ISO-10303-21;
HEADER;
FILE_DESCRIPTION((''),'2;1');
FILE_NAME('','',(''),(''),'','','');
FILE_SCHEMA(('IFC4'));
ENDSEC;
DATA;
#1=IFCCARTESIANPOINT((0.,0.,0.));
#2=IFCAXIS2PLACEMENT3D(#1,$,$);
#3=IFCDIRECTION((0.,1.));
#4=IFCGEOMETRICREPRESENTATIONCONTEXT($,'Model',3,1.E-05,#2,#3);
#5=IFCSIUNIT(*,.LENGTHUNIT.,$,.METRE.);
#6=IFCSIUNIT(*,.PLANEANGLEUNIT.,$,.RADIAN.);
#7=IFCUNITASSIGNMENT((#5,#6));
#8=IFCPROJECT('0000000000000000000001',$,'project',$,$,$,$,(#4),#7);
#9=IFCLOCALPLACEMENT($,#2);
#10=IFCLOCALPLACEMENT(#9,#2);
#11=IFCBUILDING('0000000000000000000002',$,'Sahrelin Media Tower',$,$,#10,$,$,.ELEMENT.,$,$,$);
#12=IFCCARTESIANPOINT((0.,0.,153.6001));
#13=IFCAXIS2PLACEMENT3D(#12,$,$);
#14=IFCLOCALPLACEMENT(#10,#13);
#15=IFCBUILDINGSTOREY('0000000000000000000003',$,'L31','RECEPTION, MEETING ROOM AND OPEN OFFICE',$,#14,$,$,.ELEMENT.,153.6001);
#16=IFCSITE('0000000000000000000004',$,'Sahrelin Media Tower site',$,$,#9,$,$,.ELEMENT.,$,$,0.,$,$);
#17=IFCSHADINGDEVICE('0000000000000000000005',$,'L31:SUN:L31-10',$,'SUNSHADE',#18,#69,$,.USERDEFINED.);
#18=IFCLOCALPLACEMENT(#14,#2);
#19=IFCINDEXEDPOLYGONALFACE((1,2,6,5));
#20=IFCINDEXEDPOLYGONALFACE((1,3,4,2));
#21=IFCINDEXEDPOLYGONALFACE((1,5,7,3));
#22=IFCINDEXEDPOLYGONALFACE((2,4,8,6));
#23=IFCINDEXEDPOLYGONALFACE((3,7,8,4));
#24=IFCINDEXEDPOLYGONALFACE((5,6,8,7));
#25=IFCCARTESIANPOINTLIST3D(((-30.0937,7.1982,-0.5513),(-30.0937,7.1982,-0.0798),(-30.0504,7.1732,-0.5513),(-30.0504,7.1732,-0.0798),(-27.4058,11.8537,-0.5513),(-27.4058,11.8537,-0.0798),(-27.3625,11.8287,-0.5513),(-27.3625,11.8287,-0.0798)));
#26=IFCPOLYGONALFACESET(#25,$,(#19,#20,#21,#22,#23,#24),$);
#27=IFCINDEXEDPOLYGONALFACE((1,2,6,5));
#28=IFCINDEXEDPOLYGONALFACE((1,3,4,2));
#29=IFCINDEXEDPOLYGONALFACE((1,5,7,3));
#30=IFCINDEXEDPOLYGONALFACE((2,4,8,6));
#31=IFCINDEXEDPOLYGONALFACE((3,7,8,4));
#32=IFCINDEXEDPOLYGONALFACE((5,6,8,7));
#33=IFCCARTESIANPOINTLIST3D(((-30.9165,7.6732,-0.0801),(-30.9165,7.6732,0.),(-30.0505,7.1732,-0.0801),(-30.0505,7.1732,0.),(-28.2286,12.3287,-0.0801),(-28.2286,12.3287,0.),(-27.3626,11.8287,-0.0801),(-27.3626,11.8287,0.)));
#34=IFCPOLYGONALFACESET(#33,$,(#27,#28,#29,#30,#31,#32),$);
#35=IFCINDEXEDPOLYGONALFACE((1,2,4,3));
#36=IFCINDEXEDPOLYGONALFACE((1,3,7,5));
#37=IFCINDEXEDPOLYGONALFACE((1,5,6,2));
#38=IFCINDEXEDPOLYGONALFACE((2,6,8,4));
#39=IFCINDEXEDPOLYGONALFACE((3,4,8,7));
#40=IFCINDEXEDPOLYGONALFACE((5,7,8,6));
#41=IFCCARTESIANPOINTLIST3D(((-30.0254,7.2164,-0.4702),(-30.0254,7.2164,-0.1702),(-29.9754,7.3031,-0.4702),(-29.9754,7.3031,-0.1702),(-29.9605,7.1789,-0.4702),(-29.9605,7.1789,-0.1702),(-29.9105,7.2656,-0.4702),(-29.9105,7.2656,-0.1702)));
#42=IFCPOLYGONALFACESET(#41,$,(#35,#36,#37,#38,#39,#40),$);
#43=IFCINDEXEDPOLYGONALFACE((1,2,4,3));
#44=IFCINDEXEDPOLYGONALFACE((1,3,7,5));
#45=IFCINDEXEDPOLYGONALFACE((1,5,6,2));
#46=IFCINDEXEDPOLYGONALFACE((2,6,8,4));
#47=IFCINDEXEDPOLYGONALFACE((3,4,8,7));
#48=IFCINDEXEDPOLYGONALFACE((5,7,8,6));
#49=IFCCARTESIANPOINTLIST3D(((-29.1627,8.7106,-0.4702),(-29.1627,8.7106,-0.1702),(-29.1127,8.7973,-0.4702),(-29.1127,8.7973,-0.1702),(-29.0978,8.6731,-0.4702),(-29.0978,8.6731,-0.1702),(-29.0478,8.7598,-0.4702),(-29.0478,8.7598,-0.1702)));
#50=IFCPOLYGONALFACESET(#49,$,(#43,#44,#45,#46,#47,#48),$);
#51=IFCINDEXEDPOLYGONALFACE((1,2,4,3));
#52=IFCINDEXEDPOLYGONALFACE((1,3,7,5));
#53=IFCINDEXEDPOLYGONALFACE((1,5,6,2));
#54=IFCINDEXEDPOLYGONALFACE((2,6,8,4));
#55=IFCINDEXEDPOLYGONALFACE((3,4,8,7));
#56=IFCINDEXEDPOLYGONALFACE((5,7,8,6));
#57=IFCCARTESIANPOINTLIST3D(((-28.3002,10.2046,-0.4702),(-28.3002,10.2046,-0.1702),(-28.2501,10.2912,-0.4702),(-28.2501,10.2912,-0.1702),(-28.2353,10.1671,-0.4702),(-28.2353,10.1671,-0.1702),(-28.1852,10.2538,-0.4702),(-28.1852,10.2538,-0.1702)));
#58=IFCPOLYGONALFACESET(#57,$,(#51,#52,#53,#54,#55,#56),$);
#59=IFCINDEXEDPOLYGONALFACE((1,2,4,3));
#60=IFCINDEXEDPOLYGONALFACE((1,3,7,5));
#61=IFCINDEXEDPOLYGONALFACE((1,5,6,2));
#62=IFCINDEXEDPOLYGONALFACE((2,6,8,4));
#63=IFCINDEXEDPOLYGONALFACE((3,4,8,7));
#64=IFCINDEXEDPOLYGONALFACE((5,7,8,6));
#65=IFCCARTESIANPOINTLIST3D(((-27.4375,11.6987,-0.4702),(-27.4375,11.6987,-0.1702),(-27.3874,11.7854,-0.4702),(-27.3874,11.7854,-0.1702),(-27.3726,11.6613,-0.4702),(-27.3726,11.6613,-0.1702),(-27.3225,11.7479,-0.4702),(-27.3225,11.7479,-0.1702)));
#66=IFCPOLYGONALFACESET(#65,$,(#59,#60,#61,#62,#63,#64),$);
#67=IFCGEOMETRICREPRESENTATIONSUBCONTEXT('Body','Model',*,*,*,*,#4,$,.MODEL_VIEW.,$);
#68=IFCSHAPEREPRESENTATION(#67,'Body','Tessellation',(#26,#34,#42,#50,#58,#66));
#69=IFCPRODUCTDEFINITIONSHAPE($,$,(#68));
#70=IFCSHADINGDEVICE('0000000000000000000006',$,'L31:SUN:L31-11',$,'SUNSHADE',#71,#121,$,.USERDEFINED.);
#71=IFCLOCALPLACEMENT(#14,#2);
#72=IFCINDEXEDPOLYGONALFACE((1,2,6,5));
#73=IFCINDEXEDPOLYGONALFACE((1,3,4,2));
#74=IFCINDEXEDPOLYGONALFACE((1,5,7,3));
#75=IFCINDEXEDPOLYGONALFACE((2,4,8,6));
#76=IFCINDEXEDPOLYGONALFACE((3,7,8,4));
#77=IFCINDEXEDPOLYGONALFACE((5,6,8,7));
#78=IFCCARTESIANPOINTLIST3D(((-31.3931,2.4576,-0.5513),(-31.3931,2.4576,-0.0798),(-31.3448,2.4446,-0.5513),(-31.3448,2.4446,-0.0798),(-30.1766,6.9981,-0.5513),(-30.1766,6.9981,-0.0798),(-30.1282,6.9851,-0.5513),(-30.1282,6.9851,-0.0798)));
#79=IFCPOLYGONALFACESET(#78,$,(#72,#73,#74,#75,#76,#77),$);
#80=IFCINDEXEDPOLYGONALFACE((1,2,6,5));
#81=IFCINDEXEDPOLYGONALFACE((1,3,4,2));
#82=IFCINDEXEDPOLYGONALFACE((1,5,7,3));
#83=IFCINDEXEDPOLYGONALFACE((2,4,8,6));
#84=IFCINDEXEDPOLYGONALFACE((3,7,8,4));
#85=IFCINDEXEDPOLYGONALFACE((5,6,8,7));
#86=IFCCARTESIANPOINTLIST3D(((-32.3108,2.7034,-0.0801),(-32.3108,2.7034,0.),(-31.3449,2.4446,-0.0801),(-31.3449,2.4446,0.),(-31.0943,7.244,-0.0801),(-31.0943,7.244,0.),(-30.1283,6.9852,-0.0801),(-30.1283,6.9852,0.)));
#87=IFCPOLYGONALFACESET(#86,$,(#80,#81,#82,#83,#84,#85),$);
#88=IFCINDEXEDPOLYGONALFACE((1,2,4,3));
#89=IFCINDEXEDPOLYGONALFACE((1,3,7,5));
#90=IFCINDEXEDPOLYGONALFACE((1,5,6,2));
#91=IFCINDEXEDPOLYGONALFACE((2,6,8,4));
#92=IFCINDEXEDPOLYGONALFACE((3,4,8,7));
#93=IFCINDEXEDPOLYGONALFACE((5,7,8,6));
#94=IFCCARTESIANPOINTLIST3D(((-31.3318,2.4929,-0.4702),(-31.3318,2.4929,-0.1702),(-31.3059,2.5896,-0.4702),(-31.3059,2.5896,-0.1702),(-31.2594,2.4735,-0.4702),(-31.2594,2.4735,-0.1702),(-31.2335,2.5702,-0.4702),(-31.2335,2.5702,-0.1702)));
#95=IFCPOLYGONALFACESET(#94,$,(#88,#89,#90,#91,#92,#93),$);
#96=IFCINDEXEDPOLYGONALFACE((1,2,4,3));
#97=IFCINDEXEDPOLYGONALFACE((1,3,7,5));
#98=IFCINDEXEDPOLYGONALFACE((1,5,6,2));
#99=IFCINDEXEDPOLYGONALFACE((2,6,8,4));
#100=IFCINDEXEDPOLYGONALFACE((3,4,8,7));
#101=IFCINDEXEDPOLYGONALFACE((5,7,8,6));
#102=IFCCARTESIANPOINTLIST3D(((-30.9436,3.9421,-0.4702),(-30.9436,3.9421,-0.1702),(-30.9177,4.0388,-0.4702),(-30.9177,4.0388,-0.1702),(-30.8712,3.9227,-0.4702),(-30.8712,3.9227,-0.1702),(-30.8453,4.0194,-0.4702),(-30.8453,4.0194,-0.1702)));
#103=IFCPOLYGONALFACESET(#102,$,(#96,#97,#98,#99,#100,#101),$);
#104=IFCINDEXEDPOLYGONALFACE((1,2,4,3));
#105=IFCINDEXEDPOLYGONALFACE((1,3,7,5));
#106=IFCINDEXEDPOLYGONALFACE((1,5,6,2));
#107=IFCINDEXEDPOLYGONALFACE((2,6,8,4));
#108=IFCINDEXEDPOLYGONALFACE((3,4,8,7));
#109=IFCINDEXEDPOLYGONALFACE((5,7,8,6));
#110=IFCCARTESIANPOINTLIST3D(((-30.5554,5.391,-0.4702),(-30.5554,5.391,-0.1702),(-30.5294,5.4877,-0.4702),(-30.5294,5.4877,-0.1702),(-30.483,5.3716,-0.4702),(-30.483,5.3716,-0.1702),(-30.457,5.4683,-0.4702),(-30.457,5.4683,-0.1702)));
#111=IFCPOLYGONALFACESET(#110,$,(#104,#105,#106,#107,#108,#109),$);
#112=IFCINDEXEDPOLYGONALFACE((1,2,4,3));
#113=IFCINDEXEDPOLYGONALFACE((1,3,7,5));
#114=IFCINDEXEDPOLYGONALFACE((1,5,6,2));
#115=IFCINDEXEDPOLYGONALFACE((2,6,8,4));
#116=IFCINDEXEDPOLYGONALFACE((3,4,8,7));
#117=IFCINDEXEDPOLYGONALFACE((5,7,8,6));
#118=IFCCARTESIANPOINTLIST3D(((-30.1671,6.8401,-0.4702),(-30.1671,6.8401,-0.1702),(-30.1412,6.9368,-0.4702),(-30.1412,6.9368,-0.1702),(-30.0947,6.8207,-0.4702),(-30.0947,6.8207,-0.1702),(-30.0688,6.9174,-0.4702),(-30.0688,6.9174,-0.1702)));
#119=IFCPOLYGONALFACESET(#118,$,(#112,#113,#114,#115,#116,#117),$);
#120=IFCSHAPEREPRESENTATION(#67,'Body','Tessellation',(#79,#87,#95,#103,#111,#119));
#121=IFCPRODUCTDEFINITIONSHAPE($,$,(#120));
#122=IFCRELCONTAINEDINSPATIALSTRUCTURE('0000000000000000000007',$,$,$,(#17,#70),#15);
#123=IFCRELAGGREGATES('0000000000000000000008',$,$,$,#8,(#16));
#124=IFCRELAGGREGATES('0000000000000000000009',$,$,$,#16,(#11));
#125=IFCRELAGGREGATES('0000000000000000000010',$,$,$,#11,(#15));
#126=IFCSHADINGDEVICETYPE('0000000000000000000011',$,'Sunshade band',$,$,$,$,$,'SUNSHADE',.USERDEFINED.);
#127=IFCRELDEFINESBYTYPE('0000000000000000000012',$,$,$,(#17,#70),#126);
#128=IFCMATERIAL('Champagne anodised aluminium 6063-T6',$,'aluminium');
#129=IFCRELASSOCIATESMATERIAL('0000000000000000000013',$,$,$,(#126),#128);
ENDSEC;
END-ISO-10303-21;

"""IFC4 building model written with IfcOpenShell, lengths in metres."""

from ifc_helpers import new_model, si_unit, direction, frame, origin, origin_2d, place, context, subcontext, project, spatial, rectangle, extrude, material, type_object, element, save


model = new_model("IFC4")

# Units and contexts
model_context = context("Model", 3, precision=1e-05, world=origin(), true_north=direction((0.0, 1.0)))
body_context = subcontext(model_context, "Body", "Model", "MODEL_VIEW")
ifc_project = project(units=[si_unit("LENGTHUNIT", "METRE"), si_unit("PLANEANGLEUNIT", "RADIAN")], contexts=[model_context])

# Site, building, storey
site_placement = place(None, origin())
site = spatial("IfcSite", under=ifc_project, at=site_placement, Name="Sahrelin Media Tower site", CompositionType="ELEMENT", RefElevation=0.0)
building_placement = place(site_placement, origin())
building = spatial("IfcBuilding", under=site, at=building_placement, Name="Sahrelin Media Tower", CompositionType="ELEMENT")
storey_placement = place(building_placement, frame((0.0, 0.0, 153.6001)))
storey = spatial("IfcBuildingStorey", under=building, at=storey_placement, Name="L31", Description="RECEPTION, MEETING ROOM AND OPEN OFFICE", CompositionType="ELEMENT", Elevation=153.6001)

# Shared definitions
ifc_material_1 = material(Name="Champagne anodised aluminium 6063-T6", Category="aluminium")

# Shading devices
placement_1 = place(storey_placement, frame((-28.6892, 9.491, 0.0), z_axis=(0.0, 0.0, 1.0), x_axis=(0.500011, 0.866019, 0.0)))
placement_2 = place(storey_placement, frame((-30.7173, 4.7097, 0.0), z_axis=(0.0, 0.0, 1.0), x_axis=(0.258808, 0.965929, 0.0)))
shading_device_type_1 = type_object("IfcShadingDeviceType", Name="Sunshade band", ElementType="SUNSHADE", PredefinedType="USERDEFINED", material=ifc_material_1)
element("IfcShadingDevice", 1, at=placement_1, inside=storey, type_object=shading_device_type_1, Name="L31:SUN:L31-10", ObjectType="SUNSHADE", PredefinedType="USERDEFINED", context=body_context, shape_type="SweptSolid", body=[
    extrude(rectangle(XDim=5.3757, YDim=0.05, at=origin_2d()), frame((0.0, 0.0449, -0.5513)), (0.0, 0.0, 1.0), 0.4714),
    extrude(rectangle(XDim=5.3757, YDim=1.0, at=origin_2d()), frame((0.0, 0.52, -0.0801)), (0.0, 0.0, 1.0), 0.0801),
    extrude(rectangle(XDim=0.1001, YDim=0.075, at=origin_2d()), frame((-2.5879, -0.0176, -0.4702)), (0.0, 0.0, 1.0), 0.3),
    extrude(rectangle(XDim=0.1001, YDim=0.075, at=origin_2d()), frame((-0.8625, -0.0176, -0.4702)), (0.0, 0.0, 1.0), 0.3),
    extrude(rectangle(XDim=0.1001, YDim=0.075, at=origin_2d()), frame((0.8625, -0.0176, -0.4702)), (0.0, 0.0, 1.0), 0.3),
    extrude(rectangle(XDim=0.1001, YDim=0.075, at=origin_2d()), frame((2.5879, -0.0176, -0.4702)), (0.0, 0.0, 1.0), 0.3),
])
element("IfcShadingDevice", 2, at=placement_2, inside=storey, type_object=shading_device_type_1, Name="L31:SUN:L31-11", ObjectType="SUNSHADE", PredefinedType="USERDEFINED", context=body_context, shape_type="SweptSolid", body=[
    extrude(rectangle(XDim=4.7007, YDim=0.05, at=origin_2d()), frame((0.0, 0.0449, -0.5513)), (0.0, 0.0, 1.0), 0.4714),
    extrude(rectangle(XDim=4.7007, YDim=1.0, at=origin_2d()), frame((0.0, 0.52, -0.0801)), (0.0, 0.0, 1.0), 0.0801),
    extrude(rectangle(XDim=0.1001, YDim=0.075, at=origin_2d()), frame((-2.2502, -0.0176, -0.4702)), (0.0, 0.0, 1.0), 0.3),
    extrude(rectangle(XDim=0.1001, YDim=0.075, at=origin_2d()), frame((-0.75, -0.0176, -0.4702)), (0.0, 0.0, 1.0), 0.3),
    extrude(rectangle(XDim=0.1001, YDim=0.075, at=origin_2d()), frame((0.75, -0.0176, -0.4702)), (0.0, 0.0, 1.0), 0.3),
    extrude(rectangle(XDim=0.1001, YDim=0.075, at=origin_2d()), frame((2.2502, -0.0176, -0.4702)), (0.0, 0.0, 1.0), 0.3),
])

save(model, "model.ifc")
